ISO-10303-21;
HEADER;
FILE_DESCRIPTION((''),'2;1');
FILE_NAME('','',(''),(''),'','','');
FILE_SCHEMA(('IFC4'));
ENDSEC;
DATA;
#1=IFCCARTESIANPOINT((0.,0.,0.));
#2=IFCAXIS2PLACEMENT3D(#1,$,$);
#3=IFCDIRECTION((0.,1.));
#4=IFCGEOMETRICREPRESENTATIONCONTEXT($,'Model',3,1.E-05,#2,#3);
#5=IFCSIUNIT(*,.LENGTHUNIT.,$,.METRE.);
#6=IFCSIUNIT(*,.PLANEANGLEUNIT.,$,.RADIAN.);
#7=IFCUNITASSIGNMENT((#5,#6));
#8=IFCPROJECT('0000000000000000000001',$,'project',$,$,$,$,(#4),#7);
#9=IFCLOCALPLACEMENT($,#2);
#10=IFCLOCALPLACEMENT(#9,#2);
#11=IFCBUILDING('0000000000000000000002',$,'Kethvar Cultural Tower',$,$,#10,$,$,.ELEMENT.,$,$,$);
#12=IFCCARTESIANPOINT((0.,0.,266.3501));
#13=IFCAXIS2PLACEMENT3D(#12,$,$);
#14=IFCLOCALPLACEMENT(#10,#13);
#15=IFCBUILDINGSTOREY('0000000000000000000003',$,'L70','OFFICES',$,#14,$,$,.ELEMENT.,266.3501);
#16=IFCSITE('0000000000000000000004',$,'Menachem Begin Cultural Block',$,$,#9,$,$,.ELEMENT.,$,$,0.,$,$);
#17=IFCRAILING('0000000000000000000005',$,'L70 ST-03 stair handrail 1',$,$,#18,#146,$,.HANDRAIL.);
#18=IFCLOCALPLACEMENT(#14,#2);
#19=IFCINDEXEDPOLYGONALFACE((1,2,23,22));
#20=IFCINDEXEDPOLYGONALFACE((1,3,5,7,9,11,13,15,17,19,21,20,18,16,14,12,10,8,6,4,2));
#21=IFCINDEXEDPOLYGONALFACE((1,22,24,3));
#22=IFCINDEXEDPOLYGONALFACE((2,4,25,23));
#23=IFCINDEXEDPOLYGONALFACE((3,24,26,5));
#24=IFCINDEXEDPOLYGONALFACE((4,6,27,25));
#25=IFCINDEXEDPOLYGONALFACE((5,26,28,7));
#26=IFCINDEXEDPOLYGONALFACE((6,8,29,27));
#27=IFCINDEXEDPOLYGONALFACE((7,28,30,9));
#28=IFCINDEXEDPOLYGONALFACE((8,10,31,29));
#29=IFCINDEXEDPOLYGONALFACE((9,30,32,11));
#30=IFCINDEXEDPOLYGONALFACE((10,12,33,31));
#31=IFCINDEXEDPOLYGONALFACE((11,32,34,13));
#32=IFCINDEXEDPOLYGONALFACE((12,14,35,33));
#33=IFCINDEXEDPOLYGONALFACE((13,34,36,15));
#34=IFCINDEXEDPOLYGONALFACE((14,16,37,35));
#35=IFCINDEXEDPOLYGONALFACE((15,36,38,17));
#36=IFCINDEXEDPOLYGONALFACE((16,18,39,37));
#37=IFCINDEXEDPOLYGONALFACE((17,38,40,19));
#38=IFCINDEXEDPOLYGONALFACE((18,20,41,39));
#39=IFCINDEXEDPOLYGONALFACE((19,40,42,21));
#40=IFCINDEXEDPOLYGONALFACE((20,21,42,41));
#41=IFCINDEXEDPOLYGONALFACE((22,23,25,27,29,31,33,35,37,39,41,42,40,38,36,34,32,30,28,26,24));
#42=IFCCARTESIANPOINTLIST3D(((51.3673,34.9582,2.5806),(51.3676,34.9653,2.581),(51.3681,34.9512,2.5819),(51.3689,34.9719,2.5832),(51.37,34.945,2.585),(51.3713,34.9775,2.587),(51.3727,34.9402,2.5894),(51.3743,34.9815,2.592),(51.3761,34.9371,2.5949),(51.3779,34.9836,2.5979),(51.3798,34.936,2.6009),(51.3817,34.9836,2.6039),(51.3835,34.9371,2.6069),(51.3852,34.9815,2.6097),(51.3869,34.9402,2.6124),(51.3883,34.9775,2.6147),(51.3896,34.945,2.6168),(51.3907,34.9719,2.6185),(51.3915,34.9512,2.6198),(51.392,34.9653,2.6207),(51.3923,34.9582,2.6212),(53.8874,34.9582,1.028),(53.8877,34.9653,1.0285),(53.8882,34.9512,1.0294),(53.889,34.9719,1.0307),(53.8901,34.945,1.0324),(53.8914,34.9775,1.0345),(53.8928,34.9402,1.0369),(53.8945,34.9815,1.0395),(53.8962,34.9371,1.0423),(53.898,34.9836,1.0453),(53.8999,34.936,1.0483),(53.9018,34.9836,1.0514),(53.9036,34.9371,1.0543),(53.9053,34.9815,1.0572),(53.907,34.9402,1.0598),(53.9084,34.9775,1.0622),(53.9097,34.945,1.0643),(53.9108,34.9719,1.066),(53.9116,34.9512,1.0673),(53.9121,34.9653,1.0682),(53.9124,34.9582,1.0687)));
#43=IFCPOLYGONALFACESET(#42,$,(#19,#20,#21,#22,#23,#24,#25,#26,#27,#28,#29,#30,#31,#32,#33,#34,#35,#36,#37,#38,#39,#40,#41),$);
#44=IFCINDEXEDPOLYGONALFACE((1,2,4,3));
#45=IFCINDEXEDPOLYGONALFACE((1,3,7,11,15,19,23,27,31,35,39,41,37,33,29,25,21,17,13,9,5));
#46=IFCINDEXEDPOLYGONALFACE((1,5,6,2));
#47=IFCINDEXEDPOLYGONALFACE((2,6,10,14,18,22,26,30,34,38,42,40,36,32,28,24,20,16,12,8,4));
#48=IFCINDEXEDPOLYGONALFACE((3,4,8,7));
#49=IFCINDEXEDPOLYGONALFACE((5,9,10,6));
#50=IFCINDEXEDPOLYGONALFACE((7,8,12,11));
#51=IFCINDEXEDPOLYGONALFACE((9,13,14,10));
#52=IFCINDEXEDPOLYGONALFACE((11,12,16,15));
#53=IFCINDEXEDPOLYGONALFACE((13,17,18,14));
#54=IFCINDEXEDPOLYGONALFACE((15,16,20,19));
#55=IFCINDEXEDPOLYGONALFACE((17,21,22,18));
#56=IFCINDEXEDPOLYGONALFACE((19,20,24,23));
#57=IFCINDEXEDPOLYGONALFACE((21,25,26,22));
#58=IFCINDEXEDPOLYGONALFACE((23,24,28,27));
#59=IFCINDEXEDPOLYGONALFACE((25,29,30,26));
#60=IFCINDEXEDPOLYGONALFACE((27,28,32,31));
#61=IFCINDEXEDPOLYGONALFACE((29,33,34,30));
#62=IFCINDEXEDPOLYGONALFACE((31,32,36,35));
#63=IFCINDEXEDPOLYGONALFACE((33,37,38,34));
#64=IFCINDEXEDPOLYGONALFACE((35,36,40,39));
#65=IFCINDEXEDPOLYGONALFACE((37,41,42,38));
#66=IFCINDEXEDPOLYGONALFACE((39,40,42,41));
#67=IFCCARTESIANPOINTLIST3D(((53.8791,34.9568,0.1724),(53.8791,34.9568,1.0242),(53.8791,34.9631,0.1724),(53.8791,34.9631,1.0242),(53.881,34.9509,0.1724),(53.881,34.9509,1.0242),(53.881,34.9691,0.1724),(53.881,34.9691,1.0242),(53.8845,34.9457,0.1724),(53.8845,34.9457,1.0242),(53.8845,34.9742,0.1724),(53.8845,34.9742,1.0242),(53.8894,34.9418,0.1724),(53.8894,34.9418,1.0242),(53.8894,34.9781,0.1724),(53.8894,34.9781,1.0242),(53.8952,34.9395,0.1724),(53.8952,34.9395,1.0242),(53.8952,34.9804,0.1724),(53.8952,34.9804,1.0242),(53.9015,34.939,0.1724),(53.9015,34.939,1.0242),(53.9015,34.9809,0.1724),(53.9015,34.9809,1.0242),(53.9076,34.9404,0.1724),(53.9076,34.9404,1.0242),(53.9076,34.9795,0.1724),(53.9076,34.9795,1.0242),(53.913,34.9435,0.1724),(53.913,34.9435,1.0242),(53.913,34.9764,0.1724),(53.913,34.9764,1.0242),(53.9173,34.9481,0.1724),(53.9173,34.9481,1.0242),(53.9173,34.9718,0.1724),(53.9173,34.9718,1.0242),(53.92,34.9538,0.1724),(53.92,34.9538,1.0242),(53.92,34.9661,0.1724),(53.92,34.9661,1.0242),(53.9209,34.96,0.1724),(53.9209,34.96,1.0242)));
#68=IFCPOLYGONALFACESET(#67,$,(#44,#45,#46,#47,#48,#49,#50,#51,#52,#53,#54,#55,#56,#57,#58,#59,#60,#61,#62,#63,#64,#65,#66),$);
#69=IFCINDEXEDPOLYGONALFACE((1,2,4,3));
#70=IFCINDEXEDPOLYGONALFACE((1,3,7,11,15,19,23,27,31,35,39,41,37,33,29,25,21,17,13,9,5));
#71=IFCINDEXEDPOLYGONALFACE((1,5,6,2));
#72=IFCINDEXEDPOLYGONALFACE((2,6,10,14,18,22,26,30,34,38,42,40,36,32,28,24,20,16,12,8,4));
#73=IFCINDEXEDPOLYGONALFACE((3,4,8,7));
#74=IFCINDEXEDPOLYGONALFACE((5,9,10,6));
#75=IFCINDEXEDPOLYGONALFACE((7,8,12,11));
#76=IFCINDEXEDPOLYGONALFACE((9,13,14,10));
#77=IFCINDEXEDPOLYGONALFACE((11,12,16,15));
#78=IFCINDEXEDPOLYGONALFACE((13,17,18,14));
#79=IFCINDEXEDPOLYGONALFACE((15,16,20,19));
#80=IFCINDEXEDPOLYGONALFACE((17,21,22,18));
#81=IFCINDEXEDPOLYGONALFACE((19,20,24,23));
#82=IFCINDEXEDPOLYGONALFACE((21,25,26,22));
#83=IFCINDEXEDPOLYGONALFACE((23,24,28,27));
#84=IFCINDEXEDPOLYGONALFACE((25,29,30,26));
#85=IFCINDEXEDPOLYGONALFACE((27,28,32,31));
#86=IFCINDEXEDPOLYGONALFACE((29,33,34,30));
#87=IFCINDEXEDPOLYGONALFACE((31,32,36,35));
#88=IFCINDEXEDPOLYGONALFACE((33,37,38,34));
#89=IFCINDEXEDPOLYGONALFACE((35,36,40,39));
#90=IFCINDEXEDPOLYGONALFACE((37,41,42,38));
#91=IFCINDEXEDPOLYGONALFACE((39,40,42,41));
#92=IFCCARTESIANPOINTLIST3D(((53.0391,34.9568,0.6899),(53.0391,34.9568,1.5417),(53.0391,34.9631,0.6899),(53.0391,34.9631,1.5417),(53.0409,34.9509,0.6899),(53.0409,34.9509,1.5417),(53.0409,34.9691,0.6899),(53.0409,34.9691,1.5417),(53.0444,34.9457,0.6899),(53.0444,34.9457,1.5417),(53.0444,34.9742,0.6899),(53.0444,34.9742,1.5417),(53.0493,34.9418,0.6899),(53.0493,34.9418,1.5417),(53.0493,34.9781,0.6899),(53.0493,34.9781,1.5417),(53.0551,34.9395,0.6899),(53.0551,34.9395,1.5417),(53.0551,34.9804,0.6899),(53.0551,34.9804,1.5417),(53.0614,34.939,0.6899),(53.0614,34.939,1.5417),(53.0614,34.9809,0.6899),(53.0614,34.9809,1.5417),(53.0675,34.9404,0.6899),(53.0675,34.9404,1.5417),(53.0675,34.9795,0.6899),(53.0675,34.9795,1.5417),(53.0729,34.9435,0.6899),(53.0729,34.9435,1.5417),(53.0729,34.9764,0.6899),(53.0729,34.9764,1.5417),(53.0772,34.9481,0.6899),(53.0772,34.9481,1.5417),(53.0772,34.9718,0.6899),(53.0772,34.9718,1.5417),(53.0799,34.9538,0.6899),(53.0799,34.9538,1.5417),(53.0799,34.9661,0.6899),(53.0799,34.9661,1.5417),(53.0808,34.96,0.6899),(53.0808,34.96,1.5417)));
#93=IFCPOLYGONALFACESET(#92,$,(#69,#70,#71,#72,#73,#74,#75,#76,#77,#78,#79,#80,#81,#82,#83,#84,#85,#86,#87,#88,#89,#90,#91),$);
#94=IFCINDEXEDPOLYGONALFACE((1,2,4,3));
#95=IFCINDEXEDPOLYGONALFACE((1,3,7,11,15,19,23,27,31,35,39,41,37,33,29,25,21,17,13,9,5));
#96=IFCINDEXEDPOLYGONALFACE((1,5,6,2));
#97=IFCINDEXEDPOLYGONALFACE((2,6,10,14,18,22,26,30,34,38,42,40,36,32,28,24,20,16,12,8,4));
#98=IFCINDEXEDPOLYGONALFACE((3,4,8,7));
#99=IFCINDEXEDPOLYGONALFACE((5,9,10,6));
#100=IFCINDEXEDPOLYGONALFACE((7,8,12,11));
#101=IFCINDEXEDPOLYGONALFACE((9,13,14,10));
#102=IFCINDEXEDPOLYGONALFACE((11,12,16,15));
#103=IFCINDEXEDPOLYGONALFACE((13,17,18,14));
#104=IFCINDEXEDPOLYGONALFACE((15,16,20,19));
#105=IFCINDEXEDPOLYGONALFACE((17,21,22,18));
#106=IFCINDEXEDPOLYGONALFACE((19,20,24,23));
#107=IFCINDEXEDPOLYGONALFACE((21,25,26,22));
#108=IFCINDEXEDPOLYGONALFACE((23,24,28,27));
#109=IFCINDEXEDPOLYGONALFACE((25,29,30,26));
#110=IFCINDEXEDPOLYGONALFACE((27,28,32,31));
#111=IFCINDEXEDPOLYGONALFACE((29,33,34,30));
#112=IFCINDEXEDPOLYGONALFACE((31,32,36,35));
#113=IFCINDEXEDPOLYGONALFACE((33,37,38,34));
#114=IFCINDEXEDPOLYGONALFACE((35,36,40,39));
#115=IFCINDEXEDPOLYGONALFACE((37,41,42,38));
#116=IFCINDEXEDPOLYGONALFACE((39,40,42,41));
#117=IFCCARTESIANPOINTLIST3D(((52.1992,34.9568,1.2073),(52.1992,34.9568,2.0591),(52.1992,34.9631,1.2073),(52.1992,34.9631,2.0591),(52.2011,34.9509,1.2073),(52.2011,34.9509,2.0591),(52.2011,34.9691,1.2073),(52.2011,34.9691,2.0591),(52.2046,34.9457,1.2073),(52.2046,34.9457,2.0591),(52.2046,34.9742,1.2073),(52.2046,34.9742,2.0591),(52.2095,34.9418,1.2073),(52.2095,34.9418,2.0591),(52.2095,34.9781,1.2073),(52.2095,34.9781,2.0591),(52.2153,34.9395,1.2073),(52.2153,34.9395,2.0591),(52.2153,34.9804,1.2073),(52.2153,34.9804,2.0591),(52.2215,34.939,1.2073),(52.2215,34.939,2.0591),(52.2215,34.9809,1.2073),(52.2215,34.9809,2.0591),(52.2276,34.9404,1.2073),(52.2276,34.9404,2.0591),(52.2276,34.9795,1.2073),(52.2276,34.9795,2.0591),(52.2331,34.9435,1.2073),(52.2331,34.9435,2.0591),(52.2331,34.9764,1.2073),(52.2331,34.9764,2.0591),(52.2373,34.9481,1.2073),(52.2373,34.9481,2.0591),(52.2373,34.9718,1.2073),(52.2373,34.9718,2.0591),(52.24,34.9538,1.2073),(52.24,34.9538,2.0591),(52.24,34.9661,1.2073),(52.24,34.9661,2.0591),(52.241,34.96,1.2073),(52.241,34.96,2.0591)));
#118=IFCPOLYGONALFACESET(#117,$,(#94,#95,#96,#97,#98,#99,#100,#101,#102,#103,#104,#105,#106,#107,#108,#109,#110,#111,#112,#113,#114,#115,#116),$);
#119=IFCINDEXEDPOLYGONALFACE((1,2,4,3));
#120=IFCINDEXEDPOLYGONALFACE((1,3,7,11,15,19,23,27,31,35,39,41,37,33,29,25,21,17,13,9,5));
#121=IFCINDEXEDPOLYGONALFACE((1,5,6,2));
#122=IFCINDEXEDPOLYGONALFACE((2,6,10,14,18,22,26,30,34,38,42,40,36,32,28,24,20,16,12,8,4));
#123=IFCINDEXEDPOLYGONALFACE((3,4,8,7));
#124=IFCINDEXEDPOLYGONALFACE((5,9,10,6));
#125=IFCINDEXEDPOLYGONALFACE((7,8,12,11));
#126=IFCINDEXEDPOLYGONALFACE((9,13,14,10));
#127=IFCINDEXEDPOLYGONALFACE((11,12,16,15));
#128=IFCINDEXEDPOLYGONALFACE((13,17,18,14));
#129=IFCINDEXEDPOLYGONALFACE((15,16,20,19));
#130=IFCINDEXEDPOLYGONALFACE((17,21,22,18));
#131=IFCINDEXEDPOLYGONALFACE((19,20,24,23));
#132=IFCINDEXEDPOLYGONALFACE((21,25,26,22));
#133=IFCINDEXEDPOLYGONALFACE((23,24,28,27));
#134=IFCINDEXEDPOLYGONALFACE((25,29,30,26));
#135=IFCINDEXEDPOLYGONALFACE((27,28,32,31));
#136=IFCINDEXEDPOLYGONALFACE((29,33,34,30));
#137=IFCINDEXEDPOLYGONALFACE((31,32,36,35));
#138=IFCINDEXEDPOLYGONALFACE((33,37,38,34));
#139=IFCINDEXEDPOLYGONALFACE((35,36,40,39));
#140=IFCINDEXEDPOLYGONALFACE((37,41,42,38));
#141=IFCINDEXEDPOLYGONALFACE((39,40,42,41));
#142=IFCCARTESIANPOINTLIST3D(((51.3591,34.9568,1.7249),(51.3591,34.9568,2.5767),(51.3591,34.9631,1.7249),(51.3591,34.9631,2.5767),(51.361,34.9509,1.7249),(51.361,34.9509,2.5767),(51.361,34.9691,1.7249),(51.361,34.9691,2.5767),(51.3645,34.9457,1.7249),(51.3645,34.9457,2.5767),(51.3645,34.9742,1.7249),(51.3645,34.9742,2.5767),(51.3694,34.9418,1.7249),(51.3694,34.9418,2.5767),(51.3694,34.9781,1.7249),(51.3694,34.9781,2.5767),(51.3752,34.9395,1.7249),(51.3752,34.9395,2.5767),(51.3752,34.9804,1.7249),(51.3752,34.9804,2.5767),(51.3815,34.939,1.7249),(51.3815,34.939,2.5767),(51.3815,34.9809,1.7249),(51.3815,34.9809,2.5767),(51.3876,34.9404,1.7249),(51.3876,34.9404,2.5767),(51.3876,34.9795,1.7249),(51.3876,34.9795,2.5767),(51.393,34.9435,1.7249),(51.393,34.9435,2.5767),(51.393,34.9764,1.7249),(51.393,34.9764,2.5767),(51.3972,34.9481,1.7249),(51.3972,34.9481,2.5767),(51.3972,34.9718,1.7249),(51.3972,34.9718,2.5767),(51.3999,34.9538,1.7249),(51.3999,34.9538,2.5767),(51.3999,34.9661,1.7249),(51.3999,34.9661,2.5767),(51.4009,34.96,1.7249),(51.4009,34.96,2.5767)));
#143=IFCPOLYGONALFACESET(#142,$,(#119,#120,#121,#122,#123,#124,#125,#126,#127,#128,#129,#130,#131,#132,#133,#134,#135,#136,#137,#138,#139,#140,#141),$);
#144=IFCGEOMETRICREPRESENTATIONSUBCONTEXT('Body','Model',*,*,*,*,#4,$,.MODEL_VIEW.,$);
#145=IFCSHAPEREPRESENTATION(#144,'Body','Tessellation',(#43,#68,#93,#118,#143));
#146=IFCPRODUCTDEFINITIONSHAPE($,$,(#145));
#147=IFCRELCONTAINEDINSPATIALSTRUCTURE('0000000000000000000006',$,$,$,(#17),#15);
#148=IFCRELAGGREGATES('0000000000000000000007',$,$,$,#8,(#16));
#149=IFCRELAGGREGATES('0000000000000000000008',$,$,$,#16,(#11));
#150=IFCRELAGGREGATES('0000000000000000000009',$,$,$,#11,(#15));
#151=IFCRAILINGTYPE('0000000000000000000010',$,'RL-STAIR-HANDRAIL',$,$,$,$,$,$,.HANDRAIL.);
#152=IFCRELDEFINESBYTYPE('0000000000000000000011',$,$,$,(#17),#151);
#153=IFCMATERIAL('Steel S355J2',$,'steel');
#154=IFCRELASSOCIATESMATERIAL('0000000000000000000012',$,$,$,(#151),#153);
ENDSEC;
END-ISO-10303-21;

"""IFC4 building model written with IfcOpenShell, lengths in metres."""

from ifc_helpers import new_model, si_unit, direction, frame, origin, origin_2d, place, context, subcontext, project, spatial, circle, extrude, material, type_object, element, save


model = new_model("IFC4")

# Units and contexts
model_context = context("Model", 3, precision=1e-05, world=origin(), true_north=direction((0.0, 1.0)))
body_context = subcontext(model_context, "Body", "Model", "MODEL_VIEW")
ifc_project = project(units=[si_unit("LENGTHUNIT", "METRE"), si_unit("PLANEANGLEUNIT", "RADIAN")], contexts=[model_context])

# Site, building, storey
site_placement = place(None, origin())
site = spatial("IfcSite", under=ifc_project, at=site_placement, Name="Menachem Begin Cultural Block", CompositionType="ELEMENT", RefElevation=0.0)
building_placement = place(site_placement, origin())
building = spatial("IfcBuilding", under=site, at=building_placement, Name="Kethvar Cultural Tower", CompositionType="ELEMENT")
storey_placement = place(building_placement, frame((0.0, 0.0, 266.3501)))
storey = spatial("IfcBuildingStorey", under=building, at=storey_placement, Name="L70", Description="OFFICES", CompositionType="ELEMENT", Elevation=266.3501)

# Shared definitions
ifc_material_1 = material(Name="Steel S355J2", Category="steel")

# Railing
railing_type_1 = type_object("IfcRailingType", Name="RL-STAIR-HANDRAIL", PredefinedType="HANDRAIL", material=ifc_material_1)
railing_1_placement = place(storey_placement, frame((53.8999, 34.96, 0.1724)))
element("IfcRailing", 1, at=railing_1_placement, inside=storey, type_object=railing_type_1, Name="L70 ST-03 stair handrail 1", PredefinedType="HANDRAIL", context=body_context, shape_type="SweptSolid", body=[
    extrude(circle(Radius=0.0239, at=origin_2d()), frame((0.0, 0.0, 0.876), z_axis=(-0.8514, 0.0, 0.524516), x_axis=(0.0, -1.0, 0.0)), (0.0, 0.0, 1.0), 2.96),
    extrude(circle(Radius=0.021, at=origin_2d()), origin(), (0.0, 0.0, 1.0), 0.8518),
    extrude(circle(Radius=0.021, at=origin_2d()), frame((-0.8401, 0.0, 0.5176)), (0.0, 0.0, 1.0), 0.8518),
    extrude(circle(Radius=0.021, at=origin_2d()), frame((-1.6799, 0.0, 1.0349)), (0.0, 0.0, 1.0), 0.8518),
    extrude(circle(Radius=0.021, at=origin_2d()), frame((-2.52, 0.0, 1.5525)), (0.0, 0.0, 1.0), 0.8518),
])

save(model, "model.ifc")
